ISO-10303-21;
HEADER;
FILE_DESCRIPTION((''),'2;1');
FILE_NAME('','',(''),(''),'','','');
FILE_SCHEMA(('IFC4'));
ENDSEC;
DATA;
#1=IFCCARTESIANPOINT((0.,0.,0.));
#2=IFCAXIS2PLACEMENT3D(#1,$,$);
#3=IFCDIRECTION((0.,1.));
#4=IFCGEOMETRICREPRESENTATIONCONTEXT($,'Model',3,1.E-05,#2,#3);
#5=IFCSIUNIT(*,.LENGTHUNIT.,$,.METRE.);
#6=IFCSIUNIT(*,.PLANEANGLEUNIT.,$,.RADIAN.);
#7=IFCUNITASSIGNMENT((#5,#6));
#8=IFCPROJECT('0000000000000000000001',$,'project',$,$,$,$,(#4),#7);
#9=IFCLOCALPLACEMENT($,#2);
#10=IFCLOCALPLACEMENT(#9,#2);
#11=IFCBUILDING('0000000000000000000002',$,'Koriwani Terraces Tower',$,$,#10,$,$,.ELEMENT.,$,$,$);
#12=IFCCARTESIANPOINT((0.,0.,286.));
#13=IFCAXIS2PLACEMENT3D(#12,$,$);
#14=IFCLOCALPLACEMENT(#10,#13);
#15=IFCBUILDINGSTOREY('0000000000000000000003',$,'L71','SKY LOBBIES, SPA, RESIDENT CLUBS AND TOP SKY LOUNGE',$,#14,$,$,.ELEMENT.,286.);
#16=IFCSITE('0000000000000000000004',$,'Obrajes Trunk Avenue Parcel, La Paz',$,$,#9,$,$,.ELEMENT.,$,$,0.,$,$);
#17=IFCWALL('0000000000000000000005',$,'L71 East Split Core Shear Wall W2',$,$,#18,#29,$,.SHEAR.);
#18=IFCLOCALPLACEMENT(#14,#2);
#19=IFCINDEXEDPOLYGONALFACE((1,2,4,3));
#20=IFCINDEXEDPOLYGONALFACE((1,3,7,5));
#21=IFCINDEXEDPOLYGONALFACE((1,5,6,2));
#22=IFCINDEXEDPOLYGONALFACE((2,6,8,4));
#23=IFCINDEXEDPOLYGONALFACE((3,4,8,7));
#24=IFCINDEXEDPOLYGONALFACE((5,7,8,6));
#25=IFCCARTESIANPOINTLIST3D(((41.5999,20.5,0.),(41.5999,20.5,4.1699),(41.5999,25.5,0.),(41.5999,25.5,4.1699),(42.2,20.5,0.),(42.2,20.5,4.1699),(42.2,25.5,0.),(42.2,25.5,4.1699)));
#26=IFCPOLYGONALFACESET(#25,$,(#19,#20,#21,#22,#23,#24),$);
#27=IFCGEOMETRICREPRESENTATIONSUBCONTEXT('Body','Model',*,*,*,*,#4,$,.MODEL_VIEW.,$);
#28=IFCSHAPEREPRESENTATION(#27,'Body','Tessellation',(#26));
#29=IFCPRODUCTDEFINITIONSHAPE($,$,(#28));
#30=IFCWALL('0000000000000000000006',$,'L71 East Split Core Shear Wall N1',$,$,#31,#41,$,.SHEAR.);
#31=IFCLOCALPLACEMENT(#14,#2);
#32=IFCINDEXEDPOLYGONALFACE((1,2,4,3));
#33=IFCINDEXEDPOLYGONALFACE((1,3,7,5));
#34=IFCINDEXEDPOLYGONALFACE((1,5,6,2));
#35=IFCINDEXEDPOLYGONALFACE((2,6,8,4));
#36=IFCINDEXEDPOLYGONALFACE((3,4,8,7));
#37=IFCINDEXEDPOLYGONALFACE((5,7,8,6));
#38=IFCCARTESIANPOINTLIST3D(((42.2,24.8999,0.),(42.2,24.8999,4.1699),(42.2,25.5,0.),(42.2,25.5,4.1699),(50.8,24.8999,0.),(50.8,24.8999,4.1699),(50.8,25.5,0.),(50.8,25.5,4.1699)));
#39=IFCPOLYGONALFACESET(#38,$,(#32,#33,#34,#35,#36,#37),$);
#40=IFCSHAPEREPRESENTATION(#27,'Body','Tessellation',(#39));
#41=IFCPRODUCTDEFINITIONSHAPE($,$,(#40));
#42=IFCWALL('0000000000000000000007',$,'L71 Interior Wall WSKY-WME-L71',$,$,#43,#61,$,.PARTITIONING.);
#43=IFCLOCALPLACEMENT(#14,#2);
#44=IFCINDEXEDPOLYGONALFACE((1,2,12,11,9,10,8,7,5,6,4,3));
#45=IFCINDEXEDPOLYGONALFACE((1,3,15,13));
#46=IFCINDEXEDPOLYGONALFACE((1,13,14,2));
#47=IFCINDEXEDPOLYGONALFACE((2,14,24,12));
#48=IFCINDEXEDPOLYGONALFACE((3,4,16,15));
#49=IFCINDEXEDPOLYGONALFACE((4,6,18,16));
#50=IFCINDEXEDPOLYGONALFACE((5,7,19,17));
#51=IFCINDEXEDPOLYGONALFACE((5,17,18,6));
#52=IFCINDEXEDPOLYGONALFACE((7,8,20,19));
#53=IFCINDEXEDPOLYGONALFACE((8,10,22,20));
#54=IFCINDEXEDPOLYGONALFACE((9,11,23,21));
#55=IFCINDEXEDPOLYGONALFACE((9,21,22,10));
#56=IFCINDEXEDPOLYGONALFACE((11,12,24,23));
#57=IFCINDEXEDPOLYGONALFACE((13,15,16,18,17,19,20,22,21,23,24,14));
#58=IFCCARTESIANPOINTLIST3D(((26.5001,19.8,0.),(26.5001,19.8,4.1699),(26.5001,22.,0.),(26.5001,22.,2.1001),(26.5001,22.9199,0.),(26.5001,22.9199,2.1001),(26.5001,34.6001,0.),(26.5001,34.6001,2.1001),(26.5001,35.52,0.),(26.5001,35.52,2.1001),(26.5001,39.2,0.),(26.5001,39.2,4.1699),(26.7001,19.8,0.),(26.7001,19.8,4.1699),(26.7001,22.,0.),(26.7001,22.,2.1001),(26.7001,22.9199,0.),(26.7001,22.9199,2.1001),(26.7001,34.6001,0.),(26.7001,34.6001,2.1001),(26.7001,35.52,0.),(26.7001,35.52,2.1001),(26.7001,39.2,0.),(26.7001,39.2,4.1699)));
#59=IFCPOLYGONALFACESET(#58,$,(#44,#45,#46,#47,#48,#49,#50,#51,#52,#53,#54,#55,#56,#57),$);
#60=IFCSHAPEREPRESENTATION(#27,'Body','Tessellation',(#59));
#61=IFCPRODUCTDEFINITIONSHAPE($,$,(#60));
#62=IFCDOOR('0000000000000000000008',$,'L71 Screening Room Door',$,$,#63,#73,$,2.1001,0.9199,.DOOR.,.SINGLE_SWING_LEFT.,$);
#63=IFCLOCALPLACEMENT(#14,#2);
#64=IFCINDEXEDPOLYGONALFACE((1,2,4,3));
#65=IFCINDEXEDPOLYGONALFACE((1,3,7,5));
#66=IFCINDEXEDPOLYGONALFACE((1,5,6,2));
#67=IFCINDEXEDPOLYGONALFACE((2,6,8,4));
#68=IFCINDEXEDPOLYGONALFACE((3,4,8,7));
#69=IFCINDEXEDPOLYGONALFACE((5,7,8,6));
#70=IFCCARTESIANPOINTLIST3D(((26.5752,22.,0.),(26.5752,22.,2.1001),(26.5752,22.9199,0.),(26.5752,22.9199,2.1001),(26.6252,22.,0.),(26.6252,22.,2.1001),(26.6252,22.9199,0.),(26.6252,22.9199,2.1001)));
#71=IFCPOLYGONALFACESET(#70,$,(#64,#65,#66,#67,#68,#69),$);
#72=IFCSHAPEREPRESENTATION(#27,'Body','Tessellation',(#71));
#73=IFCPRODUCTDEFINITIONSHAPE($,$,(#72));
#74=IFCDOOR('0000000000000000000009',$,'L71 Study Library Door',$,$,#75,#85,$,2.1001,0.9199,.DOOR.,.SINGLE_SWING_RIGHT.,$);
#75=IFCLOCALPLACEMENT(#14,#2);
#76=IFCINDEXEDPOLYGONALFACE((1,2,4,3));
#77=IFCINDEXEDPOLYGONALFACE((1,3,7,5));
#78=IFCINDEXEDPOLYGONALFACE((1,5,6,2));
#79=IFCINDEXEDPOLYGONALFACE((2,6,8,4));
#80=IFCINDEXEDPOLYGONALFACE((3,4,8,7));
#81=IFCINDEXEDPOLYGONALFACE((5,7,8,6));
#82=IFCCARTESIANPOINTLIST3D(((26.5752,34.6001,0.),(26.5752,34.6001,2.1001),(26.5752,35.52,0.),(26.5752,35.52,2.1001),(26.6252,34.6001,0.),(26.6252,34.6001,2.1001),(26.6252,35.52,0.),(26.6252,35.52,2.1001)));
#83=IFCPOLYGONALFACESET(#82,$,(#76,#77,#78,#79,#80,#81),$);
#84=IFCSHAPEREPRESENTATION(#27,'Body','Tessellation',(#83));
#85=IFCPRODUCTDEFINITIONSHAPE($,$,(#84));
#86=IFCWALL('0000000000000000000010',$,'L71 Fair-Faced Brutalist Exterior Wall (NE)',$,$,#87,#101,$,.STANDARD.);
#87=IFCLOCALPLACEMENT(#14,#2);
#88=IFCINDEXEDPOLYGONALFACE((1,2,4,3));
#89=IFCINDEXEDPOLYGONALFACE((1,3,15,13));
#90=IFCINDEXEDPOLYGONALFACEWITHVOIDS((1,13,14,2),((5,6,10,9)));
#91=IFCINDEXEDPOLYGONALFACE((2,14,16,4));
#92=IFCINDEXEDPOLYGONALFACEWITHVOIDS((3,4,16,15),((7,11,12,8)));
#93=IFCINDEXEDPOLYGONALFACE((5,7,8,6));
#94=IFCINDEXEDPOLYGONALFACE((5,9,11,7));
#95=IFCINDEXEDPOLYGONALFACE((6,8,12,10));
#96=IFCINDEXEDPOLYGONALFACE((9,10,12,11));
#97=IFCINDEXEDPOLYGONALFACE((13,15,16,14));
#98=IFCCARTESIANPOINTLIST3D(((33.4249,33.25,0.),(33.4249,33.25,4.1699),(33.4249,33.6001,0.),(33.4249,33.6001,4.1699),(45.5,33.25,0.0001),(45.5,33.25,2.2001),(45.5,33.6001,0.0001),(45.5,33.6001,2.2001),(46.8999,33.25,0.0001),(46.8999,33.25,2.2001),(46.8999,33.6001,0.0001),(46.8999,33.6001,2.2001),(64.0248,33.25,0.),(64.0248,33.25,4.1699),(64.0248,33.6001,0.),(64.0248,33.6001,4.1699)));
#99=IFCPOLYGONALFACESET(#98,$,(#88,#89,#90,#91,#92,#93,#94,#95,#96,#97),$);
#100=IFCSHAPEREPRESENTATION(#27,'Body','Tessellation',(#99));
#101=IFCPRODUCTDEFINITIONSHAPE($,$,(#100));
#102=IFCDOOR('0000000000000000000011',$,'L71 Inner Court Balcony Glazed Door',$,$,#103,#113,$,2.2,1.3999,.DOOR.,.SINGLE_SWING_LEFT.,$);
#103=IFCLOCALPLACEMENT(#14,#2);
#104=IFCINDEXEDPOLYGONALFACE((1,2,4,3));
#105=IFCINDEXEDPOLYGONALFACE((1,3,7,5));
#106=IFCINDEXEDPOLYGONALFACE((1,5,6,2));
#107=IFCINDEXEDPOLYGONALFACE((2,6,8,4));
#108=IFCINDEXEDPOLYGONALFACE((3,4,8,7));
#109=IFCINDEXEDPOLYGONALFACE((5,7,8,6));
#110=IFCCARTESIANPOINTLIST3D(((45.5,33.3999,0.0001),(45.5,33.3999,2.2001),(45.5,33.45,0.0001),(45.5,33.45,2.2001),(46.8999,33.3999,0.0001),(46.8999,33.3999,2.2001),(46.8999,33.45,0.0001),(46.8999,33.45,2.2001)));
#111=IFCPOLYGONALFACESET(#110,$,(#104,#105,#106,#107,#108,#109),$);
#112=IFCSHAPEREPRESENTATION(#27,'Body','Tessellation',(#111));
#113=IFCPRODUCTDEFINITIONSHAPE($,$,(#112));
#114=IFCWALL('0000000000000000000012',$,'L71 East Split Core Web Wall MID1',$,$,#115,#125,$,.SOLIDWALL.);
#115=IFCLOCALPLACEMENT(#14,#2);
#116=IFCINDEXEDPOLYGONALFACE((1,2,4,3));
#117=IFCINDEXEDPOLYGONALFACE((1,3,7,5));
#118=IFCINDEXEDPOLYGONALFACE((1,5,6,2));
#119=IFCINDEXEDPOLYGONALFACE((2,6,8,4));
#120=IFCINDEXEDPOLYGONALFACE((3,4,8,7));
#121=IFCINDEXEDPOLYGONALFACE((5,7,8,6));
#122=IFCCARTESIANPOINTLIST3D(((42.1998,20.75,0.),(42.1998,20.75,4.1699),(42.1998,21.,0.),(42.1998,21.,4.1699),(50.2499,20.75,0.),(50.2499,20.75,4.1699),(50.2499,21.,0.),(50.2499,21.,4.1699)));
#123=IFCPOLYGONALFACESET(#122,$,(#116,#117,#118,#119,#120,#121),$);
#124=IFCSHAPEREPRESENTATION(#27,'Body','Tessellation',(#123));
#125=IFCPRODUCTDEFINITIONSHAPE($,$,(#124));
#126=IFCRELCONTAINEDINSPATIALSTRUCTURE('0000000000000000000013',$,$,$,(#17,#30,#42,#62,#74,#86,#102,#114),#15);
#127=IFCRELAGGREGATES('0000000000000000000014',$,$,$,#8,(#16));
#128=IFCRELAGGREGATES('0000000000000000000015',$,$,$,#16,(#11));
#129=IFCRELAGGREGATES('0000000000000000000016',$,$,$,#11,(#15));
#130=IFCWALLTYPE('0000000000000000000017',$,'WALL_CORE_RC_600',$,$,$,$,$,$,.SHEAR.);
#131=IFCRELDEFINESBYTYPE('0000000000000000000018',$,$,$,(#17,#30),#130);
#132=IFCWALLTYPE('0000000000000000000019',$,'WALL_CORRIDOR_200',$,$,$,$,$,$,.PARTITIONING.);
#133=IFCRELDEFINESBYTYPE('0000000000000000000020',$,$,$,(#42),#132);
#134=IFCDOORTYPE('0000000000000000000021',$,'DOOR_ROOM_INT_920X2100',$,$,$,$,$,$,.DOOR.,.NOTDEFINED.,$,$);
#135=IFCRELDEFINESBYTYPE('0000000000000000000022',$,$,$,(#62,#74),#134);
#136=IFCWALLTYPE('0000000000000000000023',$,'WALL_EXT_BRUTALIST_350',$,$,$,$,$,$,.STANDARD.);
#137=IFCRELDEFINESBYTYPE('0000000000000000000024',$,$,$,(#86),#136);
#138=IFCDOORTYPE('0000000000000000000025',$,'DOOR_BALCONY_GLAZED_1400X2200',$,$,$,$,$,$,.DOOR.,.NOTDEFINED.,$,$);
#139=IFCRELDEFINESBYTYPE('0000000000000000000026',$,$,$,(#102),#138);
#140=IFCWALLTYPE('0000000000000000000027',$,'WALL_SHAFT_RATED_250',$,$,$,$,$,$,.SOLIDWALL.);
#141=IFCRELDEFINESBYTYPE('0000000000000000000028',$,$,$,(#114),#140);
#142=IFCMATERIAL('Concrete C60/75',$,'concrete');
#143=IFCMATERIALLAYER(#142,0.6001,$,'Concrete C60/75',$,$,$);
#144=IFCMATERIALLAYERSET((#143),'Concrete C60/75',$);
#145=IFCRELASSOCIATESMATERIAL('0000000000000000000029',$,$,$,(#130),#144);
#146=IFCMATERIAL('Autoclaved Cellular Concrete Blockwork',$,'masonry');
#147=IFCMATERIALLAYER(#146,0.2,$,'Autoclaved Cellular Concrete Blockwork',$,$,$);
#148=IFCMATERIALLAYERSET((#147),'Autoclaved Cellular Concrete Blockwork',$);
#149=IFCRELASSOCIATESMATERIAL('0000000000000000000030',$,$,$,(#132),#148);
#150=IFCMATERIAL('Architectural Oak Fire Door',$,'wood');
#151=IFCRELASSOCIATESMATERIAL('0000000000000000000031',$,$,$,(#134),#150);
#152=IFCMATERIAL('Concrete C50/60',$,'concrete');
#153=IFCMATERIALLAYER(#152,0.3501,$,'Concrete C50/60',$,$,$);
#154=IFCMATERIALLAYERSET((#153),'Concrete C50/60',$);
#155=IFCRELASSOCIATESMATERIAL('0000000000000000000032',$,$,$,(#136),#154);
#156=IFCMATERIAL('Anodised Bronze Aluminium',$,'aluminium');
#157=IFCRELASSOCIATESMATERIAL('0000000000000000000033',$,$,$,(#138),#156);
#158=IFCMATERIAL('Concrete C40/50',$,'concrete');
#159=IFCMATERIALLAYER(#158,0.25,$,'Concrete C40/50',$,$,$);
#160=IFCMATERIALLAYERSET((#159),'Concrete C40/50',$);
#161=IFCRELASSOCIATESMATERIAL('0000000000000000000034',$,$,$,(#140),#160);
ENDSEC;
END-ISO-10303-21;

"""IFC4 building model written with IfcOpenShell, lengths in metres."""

from ifc_helpers import new_model, si_unit, direction, frame, frame_2d, origin, place, context, subcontext, project, spatial, rectangle, extrude, material, layer, layer_set, type_object, element, fill, save


model = new_model("IFC4")

# Units and contexts
model_context = context("Model", 3, precision=1e-05, world=origin(), true_north=direction((0.0, 1.0)))
body_context = subcontext(model_context, "Body", "Model", "MODEL_VIEW")
ifc_project = project(units=[si_unit("LENGTHUNIT", "METRE"), si_unit("PLANEANGLEUNIT", "RADIAN")], contexts=[model_context])

# Site, building, storey
site_placement = place(None, origin())
site = spatial("IfcSite", under=ifc_project, at=site_placement, Name="Obrajes Trunk Avenue Parcel, La Paz", CompositionType="ELEMENT", RefElevation=0.0)
building_placement = place(site_placement, origin())
building = spatial("IfcBuilding", under=site, at=building_placement, Name="Koriwani Terraces Tower", CompositionType="ELEMENT")
storey_placement = place(building_placement, frame((0.0, 0.0, 286.0)))
storey = spatial("IfcBuildingStorey", under=building, at=storey_placement, Name="L71", Description="SKY LOBBIES, SPA, RESIDENT CLUBS AND TOP SKY LOUNGE", CompositionType="ELEMENT", Elevation=286.0)

# Shared definitions
ifc_material_1 = material(Name="Concrete C50/60", Category="concrete")

# Shared definitions
ifc_material_2 = material(Name="Concrete C40/50", Category="concrete")

# Walls
ifc_material_3 = material(Name="Concrete C60/75", Category="concrete")
ifc_layer_1 = layer(ifc_material_3, 0.6001, Name="Concrete C60/75")
ifc_layer_set_1 = layer_set([ifc_layer_1], Name="Concrete C60/75")
wall_type_1 = type_object("IfcWallType", Name="WALL_CORE_RC_600", PredefinedType="SHEAR", material=ifc_layer_set_1)
wall_1_placement = place(storey_placement, frame((41.8999, 20.5, 0.0), z_axis=(0.0, 0.0, 1.0), x_axis=(0.0, 1.0, 0.0)))
element("IfcWall", 1, at=wall_1_placement, inside=storey, type_object=wall_type_1, Name="L71 East Split Core Shear Wall W2", PredefinedType="SHEAR", context=body_context, shape_type="SweptSolid", body=[
    extrude(rectangle(XDim=5.0, YDim=0.6001, at=frame_2d((2.5, 0.0))), origin(), (0.0, 0.0, 1.0), 4.1699),
])
wall_2_placement = place(storey_placement, frame((42.2, 25.2, 0.0), z_axis=(0.0, 0.0, 1.0), x_axis=(1.0, 0.0, 0.0)))
element("IfcWall", 2, at=wall_2_placement, inside=storey, type_object=wall_type_1, Name="L71 East Split Core Shear Wall N1", PredefinedType="SHEAR", context=body_context, shape_type="SweptSolid", body=[
    extrude(rectangle(XDim=8.6001, YDim=0.6001, at=frame_2d((4.3, 0.0))), origin(), (0.0, 0.0, 1.0), 4.1699),
])

# Wall, openings, doors
ifc_material_4 = material(Name="Autoclaved Cellular Concrete Blockwork", Category="masonry")
ifc_layer_2 = layer(ifc_material_4, 0.2, Name="Autoclaved Cellular Concrete Blockwork")
ifc_layer_set_2 = layer_set([ifc_layer_2], Name="Autoclaved Cellular Concrete Blockwork")
wall_type_2 = type_object("IfcWallType", Name="WALL_CORRIDOR_200", PredefinedType="PARTITIONING", material=ifc_layer_set_2)
wall_3_placement = place(storey_placement, frame((26.6001, 19.8, 0.0), z_axis=(0.0, 0.0, 1.0), x_axis=(0.0, 1.0, 0.0)))
wall_3 = element("IfcWall", 3, at=wall_3_placement, inside=storey, type_object=wall_type_2, Name="L71 Interior Wall WSKY-WME-L71", PredefinedType="PARTITIONING", context=body_context, shape_type="SweptSolid", body=[
    extrude(rectangle(XDim=19.3999, YDim=0.2, at=frame_2d((9.7, 0.0))), origin(), (0.0, 0.0, 1.0), 4.1699),
])
opening_1_placement = place(wall_3_placement, frame((2.2, 0.0, 0.0)))
opening_1 = element("IfcOpeningElement", 4, at=opening_1_placement, cuts=wall_3, PredefinedType="OPENING", context=body_context, shape_type="SweptSolid", body=[
    extrude(rectangle(XDim=0.9199, YDim=2.1001, at=frame_2d((0.46, 1.05))), frame((0.0, 0.1099, 0.0), z_axis=(0.0, -1.0, 0.0), x_axis=(1.0, 0.0, 0.0)), (0.0, 0.0, 1.0), 0.22),
])
opening_2_placement = place(wall_3_placement, frame((14.8, 0.0, 0.0)))
opening_2 = element("IfcOpeningElement", 5, at=opening_2_placement, cuts=wall_3, PredefinedType="OPENING", context=body_context, shape_type="SweptSolid", body=[
    extrude(rectangle(XDim=0.9199, YDim=2.1001, at=frame_2d((0.46, 1.05))), frame((0.0, 0.1099, 0.0), z_axis=(0.0, -1.0, 0.0), x_axis=(1.0, 0.0, 0.0)), (0.0, 0.0, 1.0), 0.22),
])
ifc_material_5 = material(Name="Architectural Oak Fire Door", Category="wood")
door_type_1 = type_object("IfcDoorType", Name="DOOR_ROOM_INT_920X2100", OperationType="NOTDEFINED", PredefinedType="DOOR", material=ifc_material_5)
door_1_placement = place(opening_1_placement, origin())
door_1 = element("IfcDoor", 6, at=door_1_placement, inside=storey, type_object=door_type_1, Name="L71 Screening Room Door", OperationType="SINGLE_SWING_LEFT", OverallHeight=2.1001, OverallWidth=0.9199, PredefinedType="DOOR", context=body_context, shape_type="SweptSolid", body=[
    extrude(rectangle(XDim=0.9199, YDim=2.1001, at=frame_2d((0.46, 1.05))), frame((0.0, 0.0249, 0.0), z_axis=(0.0, -1.0, 0.0), x_axis=(1.0, 0.0, 0.0)), (0.0, 0.0, 1.0), 0.05),
])
fill(opening_1, door_1)
door_2_placement = place(opening_2_placement, origin())
door_2 = element("IfcDoor", 7, at=door_2_placement, inside=storey, type_object=door_type_1, Name="L71 Study Library Door", OperationType="SINGLE_SWING_RIGHT", OverallHeight=2.1001, OverallWidth=0.9199, PredefinedType="DOOR", context=body_context, shape_type="SweptSolid", body=[
    extrude(rectangle(XDim=0.9199, YDim=2.1001, at=frame_2d((0.46, 1.05))), frame((0.0, 0.0249, 0.0), z_axis=(0.0, -1.0, 0.0), x_axis=(1.0, 0.0, 0.0)), (0.0, 0.0, 1.0), 0.05),
])
fill(opening_2, door_2)

# Wall, opening, door
ifc_layer_3 = layer(ifc_material_1, 0.3501, Name="Concrete C50/60")
ifc_layer_set_3 = layer_set([ifc_layer_3], Name="Concrete C50/60")
wall_type_3 = type_object("IfcWallType", Name="WALL_EXT_BRUTALIST_350", PredefinedType="STANDARD", material=ifc_layer_set_3)
wall_4_placement = place(storey_placement, frame((33.425, 33.425, 0.0), z_axis=(0.0, 0.0, 1.0), x_axis=(1.0, 0.0, 0.0)))
wall_4 = element("IfcWall", 8, at=wall_4_placement, inside=storey, type_object=wall_type_3, Name="L71 Fair-Faced Brutalist Exterior Wall (NE)", PredefinedType="STANDARD", context=body_context, shape_type="SweptSolid", body=[
    extrude(rectangle(XDim=30.5999, YDim=0.3501, at=frame_2d((15.2998, 0.0))), origin(), (0.0, 0.0, 1.0), 4.1699),
])
opening_3_placement = place(wall_4_placement, frame((12.075, 0.0, 0.0)))
opening_3 = element("IfcOpeningElement", 9, at=opening_3_placement, cuts=wall_4, PredefinedType="OPENING", context=body_context, shape_type="SweptSolid", body=[
    extrude(rectangle(XDim=1.3999, YDim=2.2, at=frame_2d((0.7, 1.1001))), frame((0.0, 0.1851, 0.0), z_axis=(0.0, -1.0, 0.0), x_axis=(1.0, 0.0, 0.0)), (0.0, 0.0, 1.0), 0.3701),
])
ifc_material_6 = material(Name="Anodised Bronze Aluminium", Category="aluminium")
door_type_2 = type_object("IfcDoorType", Name="DOOR_BALCONY_GLAZED_1400X2200", OperationType="NOTDEFINED", PredefinedType="DOOR", material=ifc_material_6)
door_3_placement = place(opening_3_placement, origin())
door_3 = element("IfcDoor", 10, at=door_3_placement, inside=storey, type_object=door_type_2, Name="L71 Inner Court Balcony Glazed Door", OperationType="SINGLE_SWING_LEFT", OverallHeight=2.2, OverallWidth=1.3999, PredefinedType="DOOR", context=body_context, shape_type="SweptSolid", body=[
    extrude(rectangle(XDim=1.3999, YDim=2.2, at=frame_2d((0.7, 1.1001))), frame((0.0, 0.0249, 0.0), z_axis=(0.0, -1.0, 0.0), x_axis=(1.0, 0.0, 0.0)), (0.0, 0.0, 1.0), 0.05),
])
fill(opening_3, door_3)

# Wall
ifc_layer_4 = layer(ifc_material_2, 0.25, Name="Concrete C40/50")
ifc_layer_set_4 = layer_set([ifc_layer_4], Name="Concrete C40/50")
wall_type_4 = type_object("IfcWallType", Name="WALL_SHAFT_RATED_250", PredefinedType="SOLIDWALL", material=ifc_layer_set_4)
wall_5_placement = place(storey_placement, frame((42.2, 20.875, 0.0), z_axis=(0.0, 0.0, 1.0), x_axis=(1.0, 0.0, 0.0)))
element("IfcWall", 11, at=wall_5_placement, inside=storey, type_object=wall_type_4, Name="L71 East Split Core Web Wall MID1", PredefinedType="SOLIDWALL", context=body_context, shape_type="SweptSolid", body=[
    extrude(rectangle(XDim=8.05, YDim=0.25, at=frame_2d((4.0249, 0.0))), origin(), (0.0, 0.0, 1.0), 4.1699),
])

save(model, "model.ifc")
